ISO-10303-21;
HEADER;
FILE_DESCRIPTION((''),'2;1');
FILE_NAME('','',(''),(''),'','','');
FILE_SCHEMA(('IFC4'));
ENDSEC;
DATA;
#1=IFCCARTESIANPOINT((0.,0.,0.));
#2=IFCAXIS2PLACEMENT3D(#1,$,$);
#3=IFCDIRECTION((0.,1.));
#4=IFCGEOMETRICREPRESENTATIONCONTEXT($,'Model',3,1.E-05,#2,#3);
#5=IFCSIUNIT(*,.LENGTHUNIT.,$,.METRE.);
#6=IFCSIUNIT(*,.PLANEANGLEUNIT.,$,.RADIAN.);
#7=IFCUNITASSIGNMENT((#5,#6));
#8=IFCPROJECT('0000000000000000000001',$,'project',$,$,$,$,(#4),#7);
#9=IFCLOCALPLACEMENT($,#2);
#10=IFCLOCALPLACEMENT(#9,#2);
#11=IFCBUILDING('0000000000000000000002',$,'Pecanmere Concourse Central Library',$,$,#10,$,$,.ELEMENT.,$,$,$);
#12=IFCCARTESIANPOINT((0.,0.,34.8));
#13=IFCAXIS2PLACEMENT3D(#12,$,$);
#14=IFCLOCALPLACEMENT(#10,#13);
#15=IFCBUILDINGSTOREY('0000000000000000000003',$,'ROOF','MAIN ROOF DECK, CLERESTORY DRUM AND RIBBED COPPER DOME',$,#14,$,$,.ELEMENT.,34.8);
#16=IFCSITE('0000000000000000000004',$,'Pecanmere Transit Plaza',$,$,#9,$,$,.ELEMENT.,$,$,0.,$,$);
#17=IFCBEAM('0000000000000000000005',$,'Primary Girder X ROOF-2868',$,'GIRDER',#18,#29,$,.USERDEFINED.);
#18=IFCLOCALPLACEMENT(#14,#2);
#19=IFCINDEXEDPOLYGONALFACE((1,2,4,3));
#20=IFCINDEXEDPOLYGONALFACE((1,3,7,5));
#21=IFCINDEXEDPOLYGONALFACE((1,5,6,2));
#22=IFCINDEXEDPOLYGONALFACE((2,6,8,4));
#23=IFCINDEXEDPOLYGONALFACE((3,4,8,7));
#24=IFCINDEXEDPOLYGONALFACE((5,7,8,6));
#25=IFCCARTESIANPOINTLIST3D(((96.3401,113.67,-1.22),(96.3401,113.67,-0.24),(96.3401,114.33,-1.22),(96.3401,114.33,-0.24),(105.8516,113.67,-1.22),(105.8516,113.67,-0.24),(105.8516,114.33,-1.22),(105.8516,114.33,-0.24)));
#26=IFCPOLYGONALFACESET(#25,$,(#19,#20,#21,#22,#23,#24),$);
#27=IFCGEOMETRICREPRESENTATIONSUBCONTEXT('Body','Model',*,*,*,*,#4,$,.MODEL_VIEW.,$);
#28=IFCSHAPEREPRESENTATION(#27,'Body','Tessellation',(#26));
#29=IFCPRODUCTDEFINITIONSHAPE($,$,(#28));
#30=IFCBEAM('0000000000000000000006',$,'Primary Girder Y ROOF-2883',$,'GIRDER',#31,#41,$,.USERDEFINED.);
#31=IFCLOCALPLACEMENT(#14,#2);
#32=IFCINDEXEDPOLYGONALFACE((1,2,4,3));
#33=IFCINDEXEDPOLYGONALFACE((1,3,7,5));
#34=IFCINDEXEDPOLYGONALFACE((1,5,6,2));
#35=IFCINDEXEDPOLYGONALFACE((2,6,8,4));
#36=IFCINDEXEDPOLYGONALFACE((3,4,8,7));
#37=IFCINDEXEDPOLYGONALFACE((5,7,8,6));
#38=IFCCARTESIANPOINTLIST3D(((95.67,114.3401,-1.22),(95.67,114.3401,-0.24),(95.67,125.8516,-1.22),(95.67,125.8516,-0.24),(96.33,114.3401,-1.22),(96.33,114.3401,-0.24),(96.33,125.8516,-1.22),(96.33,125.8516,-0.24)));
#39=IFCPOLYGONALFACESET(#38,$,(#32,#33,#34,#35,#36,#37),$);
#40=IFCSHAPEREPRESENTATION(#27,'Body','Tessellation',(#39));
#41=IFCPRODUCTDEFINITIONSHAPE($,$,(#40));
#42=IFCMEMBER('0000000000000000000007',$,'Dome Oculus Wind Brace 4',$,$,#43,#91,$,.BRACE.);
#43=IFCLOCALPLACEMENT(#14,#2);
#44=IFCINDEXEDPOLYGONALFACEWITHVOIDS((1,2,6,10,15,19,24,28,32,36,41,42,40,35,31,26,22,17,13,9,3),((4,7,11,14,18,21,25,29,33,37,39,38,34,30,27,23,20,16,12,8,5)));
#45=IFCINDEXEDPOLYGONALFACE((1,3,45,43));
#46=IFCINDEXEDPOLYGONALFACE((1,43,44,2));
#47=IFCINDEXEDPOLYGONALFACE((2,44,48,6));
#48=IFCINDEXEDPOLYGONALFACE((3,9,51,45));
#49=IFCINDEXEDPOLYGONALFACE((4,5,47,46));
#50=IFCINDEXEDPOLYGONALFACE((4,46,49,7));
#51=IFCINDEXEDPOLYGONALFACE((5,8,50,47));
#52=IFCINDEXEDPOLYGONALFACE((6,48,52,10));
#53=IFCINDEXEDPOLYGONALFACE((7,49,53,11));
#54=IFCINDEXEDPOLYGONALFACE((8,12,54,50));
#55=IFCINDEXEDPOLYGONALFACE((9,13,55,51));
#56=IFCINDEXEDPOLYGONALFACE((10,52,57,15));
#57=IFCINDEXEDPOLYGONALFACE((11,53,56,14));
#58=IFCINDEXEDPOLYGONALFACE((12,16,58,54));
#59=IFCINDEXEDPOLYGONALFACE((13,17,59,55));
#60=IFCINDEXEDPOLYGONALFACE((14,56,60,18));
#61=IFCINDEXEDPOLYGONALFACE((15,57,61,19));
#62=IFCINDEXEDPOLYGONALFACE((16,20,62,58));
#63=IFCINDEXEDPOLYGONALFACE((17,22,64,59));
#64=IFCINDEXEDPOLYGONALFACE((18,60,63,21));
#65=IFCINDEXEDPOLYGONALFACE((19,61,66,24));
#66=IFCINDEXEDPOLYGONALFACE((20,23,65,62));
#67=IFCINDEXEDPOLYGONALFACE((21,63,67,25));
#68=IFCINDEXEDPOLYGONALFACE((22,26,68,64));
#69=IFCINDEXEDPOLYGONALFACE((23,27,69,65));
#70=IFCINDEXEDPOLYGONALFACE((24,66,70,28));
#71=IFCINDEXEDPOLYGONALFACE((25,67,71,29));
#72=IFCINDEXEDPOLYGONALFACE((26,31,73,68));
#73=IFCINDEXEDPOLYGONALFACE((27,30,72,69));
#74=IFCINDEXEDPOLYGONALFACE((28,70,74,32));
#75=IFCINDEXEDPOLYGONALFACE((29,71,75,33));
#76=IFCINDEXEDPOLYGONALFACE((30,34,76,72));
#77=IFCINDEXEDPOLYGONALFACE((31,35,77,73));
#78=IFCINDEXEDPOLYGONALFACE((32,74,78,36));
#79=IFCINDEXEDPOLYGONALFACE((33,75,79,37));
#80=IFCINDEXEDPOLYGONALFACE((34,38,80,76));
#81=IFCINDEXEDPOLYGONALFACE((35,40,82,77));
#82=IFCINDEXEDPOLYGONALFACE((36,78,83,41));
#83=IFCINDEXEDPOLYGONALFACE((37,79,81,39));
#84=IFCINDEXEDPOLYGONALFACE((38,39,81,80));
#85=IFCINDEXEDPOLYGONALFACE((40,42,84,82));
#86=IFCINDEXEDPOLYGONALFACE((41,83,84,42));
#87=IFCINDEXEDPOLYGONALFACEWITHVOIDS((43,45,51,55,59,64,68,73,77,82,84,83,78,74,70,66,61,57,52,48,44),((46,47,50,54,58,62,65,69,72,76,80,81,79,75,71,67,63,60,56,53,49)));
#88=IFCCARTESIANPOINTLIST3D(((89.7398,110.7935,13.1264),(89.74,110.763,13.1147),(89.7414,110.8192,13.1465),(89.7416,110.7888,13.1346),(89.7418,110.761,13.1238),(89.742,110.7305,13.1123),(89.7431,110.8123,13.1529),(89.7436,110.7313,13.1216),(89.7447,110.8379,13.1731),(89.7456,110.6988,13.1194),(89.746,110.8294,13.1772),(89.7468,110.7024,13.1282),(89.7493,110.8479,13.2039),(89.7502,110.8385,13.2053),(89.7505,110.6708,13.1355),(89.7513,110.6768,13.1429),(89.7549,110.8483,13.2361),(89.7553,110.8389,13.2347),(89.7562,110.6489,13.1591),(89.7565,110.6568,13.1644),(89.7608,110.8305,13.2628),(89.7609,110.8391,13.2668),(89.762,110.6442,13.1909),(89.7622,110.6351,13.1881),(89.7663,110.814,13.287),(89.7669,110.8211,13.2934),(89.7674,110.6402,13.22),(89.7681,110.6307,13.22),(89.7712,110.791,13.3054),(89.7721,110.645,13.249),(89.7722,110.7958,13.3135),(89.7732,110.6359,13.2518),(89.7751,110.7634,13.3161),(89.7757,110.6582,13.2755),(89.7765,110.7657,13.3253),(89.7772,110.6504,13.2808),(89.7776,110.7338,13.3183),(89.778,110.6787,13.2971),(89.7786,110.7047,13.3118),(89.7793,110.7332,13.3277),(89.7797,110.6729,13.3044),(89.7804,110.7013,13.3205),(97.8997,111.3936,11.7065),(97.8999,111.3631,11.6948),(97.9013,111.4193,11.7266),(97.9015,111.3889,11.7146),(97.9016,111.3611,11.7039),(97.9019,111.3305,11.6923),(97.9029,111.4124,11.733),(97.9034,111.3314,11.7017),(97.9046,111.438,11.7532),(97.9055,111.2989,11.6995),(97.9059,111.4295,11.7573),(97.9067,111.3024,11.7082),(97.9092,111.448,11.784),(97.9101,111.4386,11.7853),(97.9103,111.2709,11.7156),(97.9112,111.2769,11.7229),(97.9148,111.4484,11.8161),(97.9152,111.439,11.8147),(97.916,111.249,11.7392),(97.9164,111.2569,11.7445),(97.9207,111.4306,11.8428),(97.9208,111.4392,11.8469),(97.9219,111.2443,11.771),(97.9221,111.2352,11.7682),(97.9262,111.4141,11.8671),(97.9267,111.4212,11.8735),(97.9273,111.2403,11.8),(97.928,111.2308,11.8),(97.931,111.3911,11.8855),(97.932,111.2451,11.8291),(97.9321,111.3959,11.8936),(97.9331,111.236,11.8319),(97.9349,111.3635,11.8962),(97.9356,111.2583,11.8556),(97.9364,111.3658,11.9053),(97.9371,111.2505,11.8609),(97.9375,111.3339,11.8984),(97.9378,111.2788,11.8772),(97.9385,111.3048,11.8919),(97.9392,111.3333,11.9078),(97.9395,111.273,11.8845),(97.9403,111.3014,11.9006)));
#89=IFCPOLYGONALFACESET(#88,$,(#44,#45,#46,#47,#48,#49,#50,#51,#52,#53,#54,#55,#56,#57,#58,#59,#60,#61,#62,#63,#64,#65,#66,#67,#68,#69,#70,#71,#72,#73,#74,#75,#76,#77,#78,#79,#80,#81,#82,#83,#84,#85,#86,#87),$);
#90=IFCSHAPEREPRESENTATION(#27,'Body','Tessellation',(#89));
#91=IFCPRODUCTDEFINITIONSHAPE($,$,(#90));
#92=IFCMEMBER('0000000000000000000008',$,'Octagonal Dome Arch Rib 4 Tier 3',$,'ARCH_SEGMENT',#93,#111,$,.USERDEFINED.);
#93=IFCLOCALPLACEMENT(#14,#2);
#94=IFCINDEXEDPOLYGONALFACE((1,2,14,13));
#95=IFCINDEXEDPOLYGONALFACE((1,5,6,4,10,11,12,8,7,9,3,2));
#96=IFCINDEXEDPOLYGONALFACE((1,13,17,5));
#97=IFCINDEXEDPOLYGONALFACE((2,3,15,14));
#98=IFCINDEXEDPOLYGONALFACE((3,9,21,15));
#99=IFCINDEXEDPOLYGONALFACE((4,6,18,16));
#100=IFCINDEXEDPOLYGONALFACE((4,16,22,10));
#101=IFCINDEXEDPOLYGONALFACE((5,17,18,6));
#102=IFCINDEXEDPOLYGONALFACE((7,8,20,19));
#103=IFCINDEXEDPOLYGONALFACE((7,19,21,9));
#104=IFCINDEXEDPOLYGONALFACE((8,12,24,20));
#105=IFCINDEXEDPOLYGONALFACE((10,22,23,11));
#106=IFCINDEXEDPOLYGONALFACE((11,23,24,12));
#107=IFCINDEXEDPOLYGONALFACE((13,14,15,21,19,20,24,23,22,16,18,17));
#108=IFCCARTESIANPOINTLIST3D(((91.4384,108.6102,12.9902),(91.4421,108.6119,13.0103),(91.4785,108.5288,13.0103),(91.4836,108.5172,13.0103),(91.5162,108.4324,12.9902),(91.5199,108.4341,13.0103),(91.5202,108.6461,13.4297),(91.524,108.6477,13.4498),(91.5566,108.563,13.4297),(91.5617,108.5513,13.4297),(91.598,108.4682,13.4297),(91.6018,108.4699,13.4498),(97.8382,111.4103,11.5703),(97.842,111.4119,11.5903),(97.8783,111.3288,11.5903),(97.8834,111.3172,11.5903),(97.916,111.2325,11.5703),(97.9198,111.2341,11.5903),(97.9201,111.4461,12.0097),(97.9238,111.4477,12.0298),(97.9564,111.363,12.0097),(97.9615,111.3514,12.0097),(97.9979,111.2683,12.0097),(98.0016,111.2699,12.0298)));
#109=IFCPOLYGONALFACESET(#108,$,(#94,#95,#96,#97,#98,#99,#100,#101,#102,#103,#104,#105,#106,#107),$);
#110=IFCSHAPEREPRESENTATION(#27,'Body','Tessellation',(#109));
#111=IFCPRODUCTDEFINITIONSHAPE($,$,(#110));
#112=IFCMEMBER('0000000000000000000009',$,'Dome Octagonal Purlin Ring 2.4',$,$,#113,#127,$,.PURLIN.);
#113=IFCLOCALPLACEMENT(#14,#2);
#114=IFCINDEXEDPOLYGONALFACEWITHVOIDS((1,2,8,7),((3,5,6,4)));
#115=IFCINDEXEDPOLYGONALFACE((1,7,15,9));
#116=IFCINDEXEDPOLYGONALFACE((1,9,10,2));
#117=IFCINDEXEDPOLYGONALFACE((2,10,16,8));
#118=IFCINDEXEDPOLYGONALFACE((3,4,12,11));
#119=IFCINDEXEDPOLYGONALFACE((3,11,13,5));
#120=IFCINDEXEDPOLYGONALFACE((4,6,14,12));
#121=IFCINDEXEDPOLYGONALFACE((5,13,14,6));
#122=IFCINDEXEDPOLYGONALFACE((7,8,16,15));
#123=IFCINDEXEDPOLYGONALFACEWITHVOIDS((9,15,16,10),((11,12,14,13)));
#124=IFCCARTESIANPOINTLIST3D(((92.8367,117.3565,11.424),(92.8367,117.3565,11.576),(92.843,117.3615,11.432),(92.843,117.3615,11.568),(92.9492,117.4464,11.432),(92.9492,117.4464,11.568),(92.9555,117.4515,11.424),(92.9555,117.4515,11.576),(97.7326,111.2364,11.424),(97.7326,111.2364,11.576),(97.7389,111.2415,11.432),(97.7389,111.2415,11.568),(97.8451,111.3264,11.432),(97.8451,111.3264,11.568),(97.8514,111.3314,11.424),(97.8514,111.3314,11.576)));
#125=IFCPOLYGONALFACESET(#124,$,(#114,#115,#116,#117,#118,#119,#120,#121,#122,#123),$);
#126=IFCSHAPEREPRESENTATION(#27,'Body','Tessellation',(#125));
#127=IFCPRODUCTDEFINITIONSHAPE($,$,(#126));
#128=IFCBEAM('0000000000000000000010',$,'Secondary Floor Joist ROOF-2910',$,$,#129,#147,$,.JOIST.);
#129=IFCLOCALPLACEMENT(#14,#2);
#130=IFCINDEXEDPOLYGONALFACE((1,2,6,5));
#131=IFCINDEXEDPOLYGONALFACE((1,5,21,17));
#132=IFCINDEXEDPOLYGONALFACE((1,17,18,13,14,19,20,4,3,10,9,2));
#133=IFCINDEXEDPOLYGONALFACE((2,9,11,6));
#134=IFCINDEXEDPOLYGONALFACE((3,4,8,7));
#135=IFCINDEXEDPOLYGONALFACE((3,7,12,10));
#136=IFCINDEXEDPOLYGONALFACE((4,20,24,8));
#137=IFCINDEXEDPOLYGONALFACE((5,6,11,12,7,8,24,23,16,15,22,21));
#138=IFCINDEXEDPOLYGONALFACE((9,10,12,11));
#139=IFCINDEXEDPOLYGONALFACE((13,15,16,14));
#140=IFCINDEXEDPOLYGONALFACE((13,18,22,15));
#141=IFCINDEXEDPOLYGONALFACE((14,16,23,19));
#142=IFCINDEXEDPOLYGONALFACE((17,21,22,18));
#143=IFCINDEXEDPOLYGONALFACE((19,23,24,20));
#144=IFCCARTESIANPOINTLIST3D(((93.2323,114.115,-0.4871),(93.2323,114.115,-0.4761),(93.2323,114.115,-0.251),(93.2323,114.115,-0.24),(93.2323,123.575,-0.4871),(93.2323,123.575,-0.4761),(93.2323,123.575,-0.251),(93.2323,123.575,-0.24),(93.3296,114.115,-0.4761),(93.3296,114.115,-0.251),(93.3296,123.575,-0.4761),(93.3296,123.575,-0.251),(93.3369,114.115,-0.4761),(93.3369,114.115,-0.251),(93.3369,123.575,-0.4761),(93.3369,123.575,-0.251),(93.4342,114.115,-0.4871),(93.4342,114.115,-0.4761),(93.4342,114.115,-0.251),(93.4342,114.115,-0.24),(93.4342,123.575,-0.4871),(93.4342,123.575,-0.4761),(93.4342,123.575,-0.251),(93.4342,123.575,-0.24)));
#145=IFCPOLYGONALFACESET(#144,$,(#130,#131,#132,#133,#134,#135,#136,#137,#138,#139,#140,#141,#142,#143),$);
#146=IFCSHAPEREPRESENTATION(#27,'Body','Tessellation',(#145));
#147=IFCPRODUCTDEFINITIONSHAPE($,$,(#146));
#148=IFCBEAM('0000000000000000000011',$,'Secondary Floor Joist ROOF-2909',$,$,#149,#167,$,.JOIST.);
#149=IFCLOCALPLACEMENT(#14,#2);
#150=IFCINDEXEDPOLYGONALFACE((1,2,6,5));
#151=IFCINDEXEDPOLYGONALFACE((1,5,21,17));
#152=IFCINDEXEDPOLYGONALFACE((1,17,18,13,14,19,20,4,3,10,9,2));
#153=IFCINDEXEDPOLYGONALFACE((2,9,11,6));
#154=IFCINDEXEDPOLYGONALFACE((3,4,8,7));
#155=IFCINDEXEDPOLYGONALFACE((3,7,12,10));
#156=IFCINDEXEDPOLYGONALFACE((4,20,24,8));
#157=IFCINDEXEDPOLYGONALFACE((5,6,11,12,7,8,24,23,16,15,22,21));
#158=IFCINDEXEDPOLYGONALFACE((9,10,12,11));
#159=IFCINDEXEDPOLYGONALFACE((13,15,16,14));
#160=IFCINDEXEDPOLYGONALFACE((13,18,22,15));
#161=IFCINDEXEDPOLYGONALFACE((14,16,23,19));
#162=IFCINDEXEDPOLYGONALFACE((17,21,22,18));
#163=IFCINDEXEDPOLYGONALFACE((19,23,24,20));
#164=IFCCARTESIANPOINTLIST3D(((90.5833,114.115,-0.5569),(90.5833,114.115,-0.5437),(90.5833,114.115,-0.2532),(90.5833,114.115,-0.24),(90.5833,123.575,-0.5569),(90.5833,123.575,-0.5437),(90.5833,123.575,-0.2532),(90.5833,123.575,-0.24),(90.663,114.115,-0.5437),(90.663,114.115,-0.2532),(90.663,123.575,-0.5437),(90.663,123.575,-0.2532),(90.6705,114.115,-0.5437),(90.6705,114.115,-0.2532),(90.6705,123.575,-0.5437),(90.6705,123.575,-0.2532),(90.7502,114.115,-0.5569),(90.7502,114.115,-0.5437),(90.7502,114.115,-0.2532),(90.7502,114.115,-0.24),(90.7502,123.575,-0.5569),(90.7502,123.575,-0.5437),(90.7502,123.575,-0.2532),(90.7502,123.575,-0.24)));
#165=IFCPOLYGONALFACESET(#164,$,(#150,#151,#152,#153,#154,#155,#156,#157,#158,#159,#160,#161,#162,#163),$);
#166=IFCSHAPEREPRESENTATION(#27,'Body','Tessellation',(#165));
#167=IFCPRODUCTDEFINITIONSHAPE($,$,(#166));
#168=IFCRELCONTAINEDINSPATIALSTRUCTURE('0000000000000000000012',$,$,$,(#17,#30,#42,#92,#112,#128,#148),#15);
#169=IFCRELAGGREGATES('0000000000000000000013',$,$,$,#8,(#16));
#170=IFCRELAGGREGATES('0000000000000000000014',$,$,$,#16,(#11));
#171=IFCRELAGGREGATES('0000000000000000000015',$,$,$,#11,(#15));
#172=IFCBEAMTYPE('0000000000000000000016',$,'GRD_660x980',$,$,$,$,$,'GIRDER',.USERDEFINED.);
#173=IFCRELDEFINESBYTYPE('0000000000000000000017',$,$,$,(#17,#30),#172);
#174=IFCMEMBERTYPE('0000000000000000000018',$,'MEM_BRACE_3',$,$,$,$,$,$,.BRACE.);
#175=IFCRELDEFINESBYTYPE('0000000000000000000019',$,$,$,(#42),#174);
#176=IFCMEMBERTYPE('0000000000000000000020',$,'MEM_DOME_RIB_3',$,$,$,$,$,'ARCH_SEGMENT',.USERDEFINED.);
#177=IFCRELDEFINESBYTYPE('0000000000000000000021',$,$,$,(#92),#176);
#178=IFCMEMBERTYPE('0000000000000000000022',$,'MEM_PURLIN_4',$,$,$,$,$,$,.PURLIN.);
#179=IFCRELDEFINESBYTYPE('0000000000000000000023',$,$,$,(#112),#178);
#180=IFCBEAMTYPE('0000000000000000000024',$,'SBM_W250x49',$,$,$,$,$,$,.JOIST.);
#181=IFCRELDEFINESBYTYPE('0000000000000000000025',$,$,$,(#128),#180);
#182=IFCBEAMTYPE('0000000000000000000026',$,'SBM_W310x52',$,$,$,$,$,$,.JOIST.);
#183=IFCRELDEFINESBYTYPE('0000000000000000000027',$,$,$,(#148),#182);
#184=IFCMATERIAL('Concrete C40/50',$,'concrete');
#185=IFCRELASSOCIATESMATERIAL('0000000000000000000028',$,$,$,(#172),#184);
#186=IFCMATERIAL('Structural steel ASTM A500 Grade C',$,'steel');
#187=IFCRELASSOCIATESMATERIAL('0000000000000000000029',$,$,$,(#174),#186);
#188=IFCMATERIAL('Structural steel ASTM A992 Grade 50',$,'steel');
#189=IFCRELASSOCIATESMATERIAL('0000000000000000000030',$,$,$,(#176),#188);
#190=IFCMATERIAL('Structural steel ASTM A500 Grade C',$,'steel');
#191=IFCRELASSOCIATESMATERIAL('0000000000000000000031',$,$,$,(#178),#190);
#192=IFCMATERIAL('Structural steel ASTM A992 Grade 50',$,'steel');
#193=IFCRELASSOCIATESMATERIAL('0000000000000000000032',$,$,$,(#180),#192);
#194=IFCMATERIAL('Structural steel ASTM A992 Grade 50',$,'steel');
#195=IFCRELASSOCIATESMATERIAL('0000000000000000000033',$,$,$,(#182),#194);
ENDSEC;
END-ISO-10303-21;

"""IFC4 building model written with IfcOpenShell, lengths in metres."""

from ifc_helpers import new_model, si_unit, direction, frame, origin, origin_2d, place, context, subcontext, project, spatial, rectangle, hollow_rectangle, hollow_circle, i_section, extrude, material, material_profile, profile_set, type_object, element, save


model = new_model("IFC4")

# Units and contexts
model_context = context("Model", 3, precision=1e-05, world=origin(), true_north=direction((0.0, 1.0)))
body_context = subcontext(model_context, "Body", "Model", "MODEL_VIEW")
ifc_project = project(units=[si_unit("LENGTHUNIT", "METRE"), si_unit("PLANEANGLEUNIT", "RADIAN")], contexts=[model_context])

# Site, building, storey
site_placement = place(None, origin())
site = spatial("IfcSite", under=ifc_project, at=site_placement, Name="Pecanmere Transit Plaza", CompositionType="ELEMENT", RefElevation=0.0)
building_placement = place(site_placement, origin())
building = spatial("IfcBuilding", under=site, at=building_placement, Name="Pecanmere Concourse Central Library", CompositionType="ELEMENT")
storey_placement = place(building_placement, frame((0.0, 0.0, 34.8)))
storey = spatial("IfcBuildingStorey", under=building, at=storey_placement, Name="ROOF", Description="MAIN ROOF DECK, CLERESTORY DRUM AND RIBBED COPPER DOME", CompositionType="ELEMENT", Elevation=34.8)

# Beams
ifc_material_1 = material(Name="Concrete C40/50", Category="concrete")
ifc_material_profile_1 = material_profile(ifc_material_1, rectangle(XDim=0.6599, YDim=0.98, at=origin_2d()), Name="RC 660x980")
ifc_profile_set_1 = profile_set([ifc_material_profile_1], Name="Concrete C40/50")
beam_type_1 = type_object("IfcBeamType", Name="GRD_660x980", ElementType="GIRDER", PredefinedType="USERDEFINED", material=ifc_profile_set_1)
beam_1_placement = place(storey_placement, frame((96.3401, 114.0, -0.73), z_axis=(1.0, 0.0, 0.0), x_axis=(0.0, 1.0, 0.0)))
element("IfcBeam", 1, at=beam_1_placement, inside=storey, type_object=beam_type_1, Name="Primary Girder X ROOF-2868", ObjectType="GIRDER", PredefinedType="USERDEFINED", context=body_context, shape_type="SweptSolid", body=[
    extrude(rectangle(XDim=0.6599, YDim=0.98, at=origin_2d()), origin(), (0.0, 0.0, 1.0), 9.5115),
])
beam_2_placement = place(storey_placement, frame((96.0, 114.3401, -0.73), z_axis=(0.0, 1.0, 0.0), x_axis=(-1.0, 0.0, 0.0)))
element("IfcBeam", 2, at=beam_2_placement, inside=storey, type_object=beam_type_1, Name="Primary Girder Y ROOF-2883", ObjectType="GIRDER", PredefinedType="USERDEFINED", context=body_context, shape_type="SweptSolid", body=[
    extrude(rectangle(XDim=0.6599, YDim=0.98, at=origin_2d()), origin(), (0.0, 0.0, 1.0), 11.5115),
])

# Members
ifc_material_2 = material(Name="Structural steel ASTM A500 Grade C", Category="steel")
ifc_material_profile_2 = material_profile(ifc_material_2, hollow_circle(Radius=0.1096, WallThickness=0.0095, at=origin_2d()), Name="HSS219.1x9.5")
ifc_profile_set_2 = profile_set([ifc_material_profile_2], Name="Structural steel ASTM A500 Grade C")
member_type_1 = type_object("IfcMemberType", Name="MEM_BRACE_3", PredefinedType="BRACE", material=ifc_profile_set_2)
member_1_placement = place(storey_placement, frame((97.9199, 111.3401, 11.8), z_axis=(-0.98262, -0.072264, 0.170988), x_axis=(0.073344, -0.997307, 0.0)))
element("IfcMember", 3, at=member_1_placement, inside=storey, type_object=member_type_1, Name="Dome Oculus Wind Brace 4", PredefinedType="BRACE", context=body_context, shape_type="SweptSolid", body=[
    extrude(hollow_circle(Radius=0.1096, WallThickness=0.0095, at=origin_2d()), origin(), (0.0, 0.0, 1.0), 8.3042),
])
ifc_material_3 = material(Name="Structural steel ASTM A992 Grade 50", Category="steel")
ifc_material_profile_3 = material_profile(ifc_material_3, i_section(OverallWidth=0.1941, OverallDepth=0.469, WebThickness=0.0127, FlangeThickness=0.0205, at=origin_2d()), Name="W460x106")
ifc_profile_set_3 = profile_set([ifc_material_profile_3], Name="Structural steel ASTM A992 Grade 50")
member_type_2 = type_object("IfcMemberType", Name="MEM_DOME_RIB_3", ElementType="ARCH_SEGMENT", PredefinedType="USERDEFINED", material=ifc_profile_set_3)
member_2_placement = place(storey_placement, frame((97.9199, 111.3401, 11.8), z_axis=(-0.897794, -0.392798, 0.19919), x_axis=(0.40083, -0.916153, 0.0)))
element("IfcMember", 4, at=member_2_placement, inside=storey, type_object=member_type_2, Name="Octagonal Dome Arch Rib 4 Tier 3", ObjectType="ARCH_SEGMENT", PredefinedType="USERDEFINED", context=body_context, shape_type="SweptSolid", body=[
    extrude(i_section(OverallWidth=0.1941, OverallDepth=0.469, WebThickness=0.0127, FlangeThickness=0.0205, at=origin_2d()), origin(), (0.0, 0.0, 1.0), 7.1284),
])
ifc_material_4 = material(Name="Structural steel ASTM A500 Grade C", Category="steel")
ifc_material_profile_4 = material_profile(ifc_material_4, hollow_rectangle(XDim=0.1521, YDim=0.1521, WallThickness=0.0081, at=origin_2d()), Name="HSS152x152x8.0")
ifc_profile_set_4 = profile_set([ifc_material_profile_4], Name="Structural steel ASTM A500 Grade C")
member_type_3 = type_object("IfcMemberType", Name="MEM_PURLIN_4", PredefinedType="PURLIN", material=ifc_profile_set_4)
member_3_placement = place(storey_placement, frame((97.792, 111.2839, 11.5), z_axis=(-0.624687, 0.780875, 0.0), x_axis=(-0.780875, -0.624687, 0.0)))
element("IfcMember", 5, at=member_3_placement, inside=storey, type_object=member_type_3, Name="Dome Octagonal Purlin Ring 2.4", PredefinedType="PURLIN", context=body_context, shape_type="SweptSolid", body=[
    extrude(hollow_rectangle(XDim=0.1521, YDim=0.1521, WallThickness=0.0081, at=origin_2d()), origin(), (0.0, 0.0, 1.0), 7.8374),
])

# Beams
ifc_material_5 = material(Name="Structural steel ASTM A992 Grade 50", Category="steel")
ifc_material_profile_5 = material_profile(ifc_material_5, i_section(OverallWidth=0.2019, OverallDepth=0.2471, WebThickness=0.0073, FlangeThickness=0.011, at=origin_2d()), Name="W250x49.1")
ifc_profile_set_5 = profile_set([ifc_material_profile_5], Name="Structural steel ASTM A992 Grade 50")
beam_type_2 = type_object("IfcBeamType", Name="SBM_W250x49", PredefinedType="JOIST", material=ifc_profile_set_5)
beam_3_placement = place(storey_placement, frame((93.3333, 114.115, -0.3635), z_axis=(0.0, 1.0, 0.0), x_axis=(-1.0, 0.0, 0.0)))
element("IfcBeam", 6, at=beam_3_placement, inside=storey, type_object=beam_type_2, Name="Secondary Floor Joist ROOF-2910", PredefinedType="JOIST", context=body_context, shape_type="SweptSolid", body=[
    extrude(i_section(OverallWidth=0.2019, OverallDepth=0.2471, WebThickness=0.0073, FlangeThickness=0.011, at=origin_2d()), origin(), (0.0, 0.0, 1.0), 9.46),
])
ifc_material_6 = material(Name="Structural steel ASTM A992 Grade 50", Category="steel")
ifc_material_profile_6 = material_profile(ifc_material_6, i_section(OverallWidth=0.167, OverallDepth=0.3169, WebThickness=0.0076, FlangeThickness=0.0132, at=origin_2d()), Name="W310x52")
ifc_profile_set_6 = profile_set([ifc_material_profile_6], Name="Structural steel ASTM A992 Grade 50")
beam_type_3 = type_object("IfcBeamType", Name="SBM_W310x52", PredefinedType="JOIST", material=ifc_profile_set_6)
beam_4_placement = place(storey_placement, frame((90.6667, 114.115, -0.3984), z_axis=(0.0, 1.0, 0.0), x_axis=(-1.0, 0.0, 0.0)))
element("IfcBeam", 7, at=beam_4_placement, inside=storey, type_object=beam_type_3, Name="Secondary Floor Joist ROOF-2909", PredefinedType="JOIST", context=body_context, shape_type="SweptSolid", body=[
    extrude(i_section(OverallWidth=0.167, OverallDepth=0.3169, WebThickness=0.0076, FlangeThickness=0.0132, at=origin_2d()), origin(), (0.0, 0.0, 1.0), 9.46),
])

save(model, "model.ifc")
